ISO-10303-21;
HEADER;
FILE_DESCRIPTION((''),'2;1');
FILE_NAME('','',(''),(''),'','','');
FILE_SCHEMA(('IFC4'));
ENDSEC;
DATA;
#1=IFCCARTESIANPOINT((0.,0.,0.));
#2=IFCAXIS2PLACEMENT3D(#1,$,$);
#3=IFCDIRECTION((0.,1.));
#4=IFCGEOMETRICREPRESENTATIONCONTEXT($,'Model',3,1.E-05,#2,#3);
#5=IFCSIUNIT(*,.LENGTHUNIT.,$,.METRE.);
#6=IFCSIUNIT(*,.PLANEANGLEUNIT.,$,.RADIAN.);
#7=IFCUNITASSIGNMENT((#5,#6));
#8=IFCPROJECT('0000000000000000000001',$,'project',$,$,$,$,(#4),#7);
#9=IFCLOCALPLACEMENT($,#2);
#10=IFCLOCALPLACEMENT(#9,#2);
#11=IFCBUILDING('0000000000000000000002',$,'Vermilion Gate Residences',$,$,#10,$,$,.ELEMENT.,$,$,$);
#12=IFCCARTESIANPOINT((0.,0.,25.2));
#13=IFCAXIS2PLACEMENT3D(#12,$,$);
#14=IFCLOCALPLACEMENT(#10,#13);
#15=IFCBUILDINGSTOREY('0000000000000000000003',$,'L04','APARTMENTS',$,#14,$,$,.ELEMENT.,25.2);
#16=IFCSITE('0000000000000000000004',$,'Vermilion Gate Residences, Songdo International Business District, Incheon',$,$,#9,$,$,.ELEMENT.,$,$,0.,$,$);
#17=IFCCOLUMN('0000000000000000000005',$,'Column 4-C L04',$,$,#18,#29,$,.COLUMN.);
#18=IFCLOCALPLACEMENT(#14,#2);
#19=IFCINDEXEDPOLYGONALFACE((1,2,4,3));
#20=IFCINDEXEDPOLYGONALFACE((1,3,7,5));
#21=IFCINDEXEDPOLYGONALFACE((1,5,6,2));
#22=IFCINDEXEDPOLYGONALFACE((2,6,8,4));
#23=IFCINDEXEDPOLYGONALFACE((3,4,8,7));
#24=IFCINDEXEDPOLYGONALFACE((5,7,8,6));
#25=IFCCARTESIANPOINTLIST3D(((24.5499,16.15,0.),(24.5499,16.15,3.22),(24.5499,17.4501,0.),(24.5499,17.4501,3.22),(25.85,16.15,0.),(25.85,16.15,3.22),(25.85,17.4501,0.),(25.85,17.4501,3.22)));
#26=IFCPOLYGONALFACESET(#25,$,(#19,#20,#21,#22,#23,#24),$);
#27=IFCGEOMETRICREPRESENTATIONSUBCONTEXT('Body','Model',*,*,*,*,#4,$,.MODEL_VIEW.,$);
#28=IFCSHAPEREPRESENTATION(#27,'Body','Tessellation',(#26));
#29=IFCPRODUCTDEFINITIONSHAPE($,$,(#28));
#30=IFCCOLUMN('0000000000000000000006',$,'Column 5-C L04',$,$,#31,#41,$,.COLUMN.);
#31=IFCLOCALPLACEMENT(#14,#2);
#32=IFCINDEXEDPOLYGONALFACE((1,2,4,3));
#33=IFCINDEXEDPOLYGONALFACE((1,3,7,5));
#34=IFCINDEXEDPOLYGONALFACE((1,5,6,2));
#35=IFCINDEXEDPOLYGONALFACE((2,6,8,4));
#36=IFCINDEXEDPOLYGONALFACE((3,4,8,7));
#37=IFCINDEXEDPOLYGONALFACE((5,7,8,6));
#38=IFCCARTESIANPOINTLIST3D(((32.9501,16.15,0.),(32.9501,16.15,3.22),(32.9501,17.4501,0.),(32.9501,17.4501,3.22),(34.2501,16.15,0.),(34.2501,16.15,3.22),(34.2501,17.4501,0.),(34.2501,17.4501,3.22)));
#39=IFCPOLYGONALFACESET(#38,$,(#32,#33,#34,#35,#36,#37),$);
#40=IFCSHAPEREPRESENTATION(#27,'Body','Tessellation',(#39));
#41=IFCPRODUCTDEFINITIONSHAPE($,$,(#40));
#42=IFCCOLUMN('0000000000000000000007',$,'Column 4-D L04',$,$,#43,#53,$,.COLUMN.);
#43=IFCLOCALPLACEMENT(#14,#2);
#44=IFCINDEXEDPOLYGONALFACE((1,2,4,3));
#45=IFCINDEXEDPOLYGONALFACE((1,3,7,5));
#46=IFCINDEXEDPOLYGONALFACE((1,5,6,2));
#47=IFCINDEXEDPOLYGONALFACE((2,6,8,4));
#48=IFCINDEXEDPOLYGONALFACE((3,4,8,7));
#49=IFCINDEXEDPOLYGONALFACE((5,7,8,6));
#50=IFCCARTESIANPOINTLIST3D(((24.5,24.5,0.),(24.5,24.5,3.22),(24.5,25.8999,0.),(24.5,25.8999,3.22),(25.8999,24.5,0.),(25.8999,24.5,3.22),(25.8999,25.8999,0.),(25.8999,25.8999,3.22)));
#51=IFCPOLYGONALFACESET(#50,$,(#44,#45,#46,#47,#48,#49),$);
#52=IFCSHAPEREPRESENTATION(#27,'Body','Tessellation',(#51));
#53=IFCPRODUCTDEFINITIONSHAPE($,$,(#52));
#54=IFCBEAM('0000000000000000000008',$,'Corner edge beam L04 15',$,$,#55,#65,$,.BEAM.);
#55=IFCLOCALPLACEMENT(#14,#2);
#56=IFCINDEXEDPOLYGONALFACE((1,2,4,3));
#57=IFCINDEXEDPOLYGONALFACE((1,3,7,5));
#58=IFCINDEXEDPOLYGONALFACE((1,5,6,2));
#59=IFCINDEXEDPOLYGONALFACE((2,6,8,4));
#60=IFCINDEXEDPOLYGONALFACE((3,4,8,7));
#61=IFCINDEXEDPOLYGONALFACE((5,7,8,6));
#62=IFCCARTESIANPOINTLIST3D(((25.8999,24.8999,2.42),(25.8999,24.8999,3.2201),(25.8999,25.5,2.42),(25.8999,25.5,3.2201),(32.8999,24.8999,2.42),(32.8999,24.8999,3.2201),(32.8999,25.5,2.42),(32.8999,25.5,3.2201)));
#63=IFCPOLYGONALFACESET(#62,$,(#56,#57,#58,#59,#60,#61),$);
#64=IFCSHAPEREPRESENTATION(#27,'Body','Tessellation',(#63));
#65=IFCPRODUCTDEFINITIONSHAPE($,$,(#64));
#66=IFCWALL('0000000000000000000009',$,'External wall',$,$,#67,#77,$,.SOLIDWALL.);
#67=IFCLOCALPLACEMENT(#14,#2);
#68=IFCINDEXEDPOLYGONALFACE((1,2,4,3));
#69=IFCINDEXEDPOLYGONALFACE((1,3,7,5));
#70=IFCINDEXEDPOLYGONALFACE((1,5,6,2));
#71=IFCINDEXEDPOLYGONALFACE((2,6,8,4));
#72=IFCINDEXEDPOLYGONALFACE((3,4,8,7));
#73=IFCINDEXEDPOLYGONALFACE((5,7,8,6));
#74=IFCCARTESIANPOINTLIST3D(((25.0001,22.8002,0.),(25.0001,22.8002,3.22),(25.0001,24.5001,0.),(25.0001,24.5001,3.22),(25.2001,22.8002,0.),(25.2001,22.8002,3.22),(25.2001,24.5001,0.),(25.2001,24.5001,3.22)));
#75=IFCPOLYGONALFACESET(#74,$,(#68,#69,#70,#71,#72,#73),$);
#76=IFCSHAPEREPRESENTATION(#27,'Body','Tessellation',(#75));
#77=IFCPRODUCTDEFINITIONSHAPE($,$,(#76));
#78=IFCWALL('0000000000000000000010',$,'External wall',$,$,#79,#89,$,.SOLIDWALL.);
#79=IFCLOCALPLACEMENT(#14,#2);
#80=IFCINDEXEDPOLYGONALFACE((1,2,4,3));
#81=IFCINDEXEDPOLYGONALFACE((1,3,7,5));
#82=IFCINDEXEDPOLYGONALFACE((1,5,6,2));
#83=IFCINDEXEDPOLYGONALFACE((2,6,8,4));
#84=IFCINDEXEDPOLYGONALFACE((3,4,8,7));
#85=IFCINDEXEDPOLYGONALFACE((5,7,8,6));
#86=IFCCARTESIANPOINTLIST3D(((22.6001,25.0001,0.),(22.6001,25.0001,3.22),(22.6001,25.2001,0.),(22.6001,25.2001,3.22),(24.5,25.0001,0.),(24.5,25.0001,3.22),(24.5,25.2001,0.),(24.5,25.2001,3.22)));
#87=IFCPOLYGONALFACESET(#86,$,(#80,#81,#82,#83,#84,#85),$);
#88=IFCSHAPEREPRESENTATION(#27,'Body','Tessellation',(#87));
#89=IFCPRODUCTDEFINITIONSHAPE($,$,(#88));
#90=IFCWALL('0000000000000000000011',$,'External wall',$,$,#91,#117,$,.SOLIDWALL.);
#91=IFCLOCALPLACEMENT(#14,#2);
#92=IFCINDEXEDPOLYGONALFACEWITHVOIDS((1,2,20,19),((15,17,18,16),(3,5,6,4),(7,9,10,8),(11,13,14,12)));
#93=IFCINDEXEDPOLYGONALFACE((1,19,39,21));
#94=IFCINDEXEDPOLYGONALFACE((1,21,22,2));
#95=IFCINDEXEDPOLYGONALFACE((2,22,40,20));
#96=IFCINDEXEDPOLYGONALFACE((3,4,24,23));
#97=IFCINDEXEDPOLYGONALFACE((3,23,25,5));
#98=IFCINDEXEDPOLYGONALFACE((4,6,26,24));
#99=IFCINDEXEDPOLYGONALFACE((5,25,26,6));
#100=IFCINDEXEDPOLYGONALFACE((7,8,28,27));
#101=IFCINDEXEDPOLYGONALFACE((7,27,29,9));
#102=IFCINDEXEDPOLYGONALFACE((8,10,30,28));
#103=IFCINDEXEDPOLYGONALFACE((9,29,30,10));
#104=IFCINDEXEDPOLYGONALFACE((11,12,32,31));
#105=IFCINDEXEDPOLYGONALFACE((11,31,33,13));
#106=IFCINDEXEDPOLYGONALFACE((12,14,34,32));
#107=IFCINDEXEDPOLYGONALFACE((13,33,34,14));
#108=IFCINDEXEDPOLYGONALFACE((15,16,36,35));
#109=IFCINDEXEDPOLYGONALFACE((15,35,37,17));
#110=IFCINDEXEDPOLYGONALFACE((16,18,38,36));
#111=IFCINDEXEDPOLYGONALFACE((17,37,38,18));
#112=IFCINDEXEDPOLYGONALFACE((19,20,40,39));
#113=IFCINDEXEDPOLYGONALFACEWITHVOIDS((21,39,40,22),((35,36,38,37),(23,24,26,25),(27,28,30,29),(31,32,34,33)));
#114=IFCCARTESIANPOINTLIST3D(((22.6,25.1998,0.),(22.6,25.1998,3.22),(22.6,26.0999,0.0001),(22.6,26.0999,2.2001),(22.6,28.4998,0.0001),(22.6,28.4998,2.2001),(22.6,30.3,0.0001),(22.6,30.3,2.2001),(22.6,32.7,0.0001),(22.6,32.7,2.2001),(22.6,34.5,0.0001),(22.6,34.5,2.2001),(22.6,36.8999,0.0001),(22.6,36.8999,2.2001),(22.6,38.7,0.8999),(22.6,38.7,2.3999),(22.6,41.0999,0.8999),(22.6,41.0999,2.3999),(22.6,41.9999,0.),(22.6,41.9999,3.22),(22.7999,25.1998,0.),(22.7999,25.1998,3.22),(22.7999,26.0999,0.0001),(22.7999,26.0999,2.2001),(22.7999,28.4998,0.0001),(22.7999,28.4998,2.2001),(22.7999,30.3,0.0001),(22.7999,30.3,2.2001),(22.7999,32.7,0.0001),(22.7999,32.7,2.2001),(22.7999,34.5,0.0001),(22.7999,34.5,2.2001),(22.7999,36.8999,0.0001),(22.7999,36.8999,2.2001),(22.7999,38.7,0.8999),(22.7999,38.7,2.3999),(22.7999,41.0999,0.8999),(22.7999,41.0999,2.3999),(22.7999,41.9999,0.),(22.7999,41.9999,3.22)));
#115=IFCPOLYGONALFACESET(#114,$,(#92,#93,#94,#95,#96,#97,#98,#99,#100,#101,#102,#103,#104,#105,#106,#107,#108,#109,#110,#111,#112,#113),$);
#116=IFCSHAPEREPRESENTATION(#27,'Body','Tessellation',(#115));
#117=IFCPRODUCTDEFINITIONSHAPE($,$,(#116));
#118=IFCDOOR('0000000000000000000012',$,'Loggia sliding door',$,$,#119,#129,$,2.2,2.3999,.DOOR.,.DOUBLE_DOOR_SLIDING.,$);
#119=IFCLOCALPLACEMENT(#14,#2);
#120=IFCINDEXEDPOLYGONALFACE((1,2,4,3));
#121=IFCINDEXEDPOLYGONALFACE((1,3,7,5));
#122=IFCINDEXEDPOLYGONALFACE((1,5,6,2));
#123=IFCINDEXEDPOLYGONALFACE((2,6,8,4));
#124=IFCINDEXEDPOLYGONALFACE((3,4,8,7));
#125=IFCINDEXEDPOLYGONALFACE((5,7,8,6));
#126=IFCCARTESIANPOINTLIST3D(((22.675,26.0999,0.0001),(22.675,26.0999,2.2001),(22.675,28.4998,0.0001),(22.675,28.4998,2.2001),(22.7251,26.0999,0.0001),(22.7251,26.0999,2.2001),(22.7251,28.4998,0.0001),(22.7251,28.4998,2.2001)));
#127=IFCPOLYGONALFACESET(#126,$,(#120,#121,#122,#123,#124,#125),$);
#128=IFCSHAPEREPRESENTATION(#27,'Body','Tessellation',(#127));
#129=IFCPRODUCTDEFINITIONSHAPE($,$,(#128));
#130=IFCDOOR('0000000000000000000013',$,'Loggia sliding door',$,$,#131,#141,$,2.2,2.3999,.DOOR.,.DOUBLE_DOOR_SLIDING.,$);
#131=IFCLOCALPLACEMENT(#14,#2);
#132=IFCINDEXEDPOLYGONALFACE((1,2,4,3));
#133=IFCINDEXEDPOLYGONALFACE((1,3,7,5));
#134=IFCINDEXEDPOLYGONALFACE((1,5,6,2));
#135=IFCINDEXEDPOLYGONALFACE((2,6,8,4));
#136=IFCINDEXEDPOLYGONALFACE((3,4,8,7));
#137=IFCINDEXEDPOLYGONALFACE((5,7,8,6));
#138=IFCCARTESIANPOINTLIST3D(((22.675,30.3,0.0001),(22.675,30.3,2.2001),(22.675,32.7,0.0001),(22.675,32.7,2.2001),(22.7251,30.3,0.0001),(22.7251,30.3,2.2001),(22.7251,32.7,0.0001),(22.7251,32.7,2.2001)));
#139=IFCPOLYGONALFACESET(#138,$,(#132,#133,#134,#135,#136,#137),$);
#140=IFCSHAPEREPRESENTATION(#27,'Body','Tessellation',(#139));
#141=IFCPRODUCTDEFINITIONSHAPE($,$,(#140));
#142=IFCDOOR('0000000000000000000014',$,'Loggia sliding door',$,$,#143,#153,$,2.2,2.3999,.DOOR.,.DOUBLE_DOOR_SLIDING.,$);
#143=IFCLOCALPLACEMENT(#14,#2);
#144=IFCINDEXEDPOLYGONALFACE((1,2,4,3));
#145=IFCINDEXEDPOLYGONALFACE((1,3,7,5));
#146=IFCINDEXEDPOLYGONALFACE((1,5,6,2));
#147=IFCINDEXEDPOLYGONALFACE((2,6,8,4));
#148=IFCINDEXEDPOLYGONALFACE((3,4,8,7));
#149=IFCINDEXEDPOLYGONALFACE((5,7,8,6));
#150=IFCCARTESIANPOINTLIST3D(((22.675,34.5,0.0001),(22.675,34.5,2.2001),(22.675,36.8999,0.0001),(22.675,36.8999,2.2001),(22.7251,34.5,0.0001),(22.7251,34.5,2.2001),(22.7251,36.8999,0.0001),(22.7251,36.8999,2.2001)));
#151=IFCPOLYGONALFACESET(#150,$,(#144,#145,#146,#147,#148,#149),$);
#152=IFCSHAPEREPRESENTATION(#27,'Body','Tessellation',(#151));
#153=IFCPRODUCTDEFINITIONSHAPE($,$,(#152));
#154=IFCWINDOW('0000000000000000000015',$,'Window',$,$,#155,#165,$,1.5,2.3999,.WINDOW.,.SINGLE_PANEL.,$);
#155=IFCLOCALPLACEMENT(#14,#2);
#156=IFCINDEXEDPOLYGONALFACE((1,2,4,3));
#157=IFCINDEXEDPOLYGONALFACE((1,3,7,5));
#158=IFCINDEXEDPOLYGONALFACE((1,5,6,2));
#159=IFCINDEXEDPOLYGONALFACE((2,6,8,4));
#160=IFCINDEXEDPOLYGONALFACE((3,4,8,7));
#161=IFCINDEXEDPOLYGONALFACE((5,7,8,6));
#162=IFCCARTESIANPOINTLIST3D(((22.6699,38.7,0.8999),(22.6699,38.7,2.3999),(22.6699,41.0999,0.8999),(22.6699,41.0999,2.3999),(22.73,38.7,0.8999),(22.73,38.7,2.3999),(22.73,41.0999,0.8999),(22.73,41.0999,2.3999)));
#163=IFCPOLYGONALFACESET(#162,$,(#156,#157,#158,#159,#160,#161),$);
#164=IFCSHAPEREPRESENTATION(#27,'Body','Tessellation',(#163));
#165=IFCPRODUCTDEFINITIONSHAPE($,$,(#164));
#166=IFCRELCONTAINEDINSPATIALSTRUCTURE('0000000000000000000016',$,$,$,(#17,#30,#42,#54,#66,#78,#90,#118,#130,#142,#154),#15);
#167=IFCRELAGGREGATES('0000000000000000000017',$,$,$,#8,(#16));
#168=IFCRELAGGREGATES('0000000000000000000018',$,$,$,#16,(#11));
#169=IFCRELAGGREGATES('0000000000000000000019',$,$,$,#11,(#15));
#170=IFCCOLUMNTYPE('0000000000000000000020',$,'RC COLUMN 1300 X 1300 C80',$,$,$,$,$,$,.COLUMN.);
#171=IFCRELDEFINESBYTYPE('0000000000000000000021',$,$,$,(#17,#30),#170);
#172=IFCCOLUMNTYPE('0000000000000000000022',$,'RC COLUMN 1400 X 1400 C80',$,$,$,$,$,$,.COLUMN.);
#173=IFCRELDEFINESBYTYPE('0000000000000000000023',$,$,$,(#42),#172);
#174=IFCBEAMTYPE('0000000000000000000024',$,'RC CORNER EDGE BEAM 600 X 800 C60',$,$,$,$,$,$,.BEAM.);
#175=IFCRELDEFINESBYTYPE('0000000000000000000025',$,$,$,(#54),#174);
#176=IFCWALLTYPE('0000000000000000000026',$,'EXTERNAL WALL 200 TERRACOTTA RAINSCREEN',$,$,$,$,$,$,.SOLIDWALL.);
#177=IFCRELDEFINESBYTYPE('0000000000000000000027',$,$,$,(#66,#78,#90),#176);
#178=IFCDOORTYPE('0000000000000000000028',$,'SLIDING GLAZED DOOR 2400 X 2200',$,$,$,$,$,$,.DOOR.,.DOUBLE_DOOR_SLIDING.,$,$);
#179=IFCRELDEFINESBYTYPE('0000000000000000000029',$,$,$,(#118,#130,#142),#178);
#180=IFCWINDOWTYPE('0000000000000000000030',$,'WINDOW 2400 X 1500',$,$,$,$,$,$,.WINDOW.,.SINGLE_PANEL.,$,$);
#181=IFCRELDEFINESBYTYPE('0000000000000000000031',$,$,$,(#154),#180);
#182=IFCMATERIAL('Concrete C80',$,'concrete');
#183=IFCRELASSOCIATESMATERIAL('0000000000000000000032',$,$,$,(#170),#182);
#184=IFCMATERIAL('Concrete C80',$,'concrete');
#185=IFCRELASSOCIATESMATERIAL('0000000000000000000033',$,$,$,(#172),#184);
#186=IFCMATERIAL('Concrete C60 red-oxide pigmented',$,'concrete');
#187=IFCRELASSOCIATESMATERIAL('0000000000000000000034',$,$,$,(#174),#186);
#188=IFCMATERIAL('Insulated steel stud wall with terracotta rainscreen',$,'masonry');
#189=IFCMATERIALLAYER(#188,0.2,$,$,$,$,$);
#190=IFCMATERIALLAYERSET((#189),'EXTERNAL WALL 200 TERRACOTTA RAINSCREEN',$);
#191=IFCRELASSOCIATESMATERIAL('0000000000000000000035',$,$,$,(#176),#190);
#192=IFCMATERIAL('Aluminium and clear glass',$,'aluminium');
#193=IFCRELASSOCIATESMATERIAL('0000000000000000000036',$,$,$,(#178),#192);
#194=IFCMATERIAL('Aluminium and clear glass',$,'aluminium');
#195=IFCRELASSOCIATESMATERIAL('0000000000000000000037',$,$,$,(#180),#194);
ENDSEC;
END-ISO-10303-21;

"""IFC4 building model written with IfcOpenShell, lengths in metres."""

from ifc_helpers import new_model, si_unit, direction, frame, frame_2d, origin, origin_2d, place, context, subcontext, project, spatial, rectangle, extrude, material, layer, layer_set, material_profile, profile_set, type_object, element, fill, save


model = new_model("IFC4")

# Units and contexts
model_context = context("Model", 3, precision=1e-05, world=origin(), true_north=direction((0.0, 1.0)))
body_context = subcontext(model_context, "Body", "Model", "MODEL_VIEW")
ifc_project = project(units=[si_unit("LENGTHUNIT", "METRE"), si_unit("PLANEANGLEUNIT", "RADIAN")], contexts=[model_context])

# Site, building, storey
site_placement = place(None, origin())
site = spatial("IfcSite", under=ifc_project, at=site_placement, Name="Vermilion Gate Residences, Songdo International Business District, Incheon", CompositionType="ELEMENT", RefElevation=0.0)
building_placement = place(site_placement, origin())
building = spatial("IfcBuilding", under=site, at=building_placement, Name="Vermilion Gate Residences", CompositionType="ELEMENT")
storey_placement = place(building_placement, frame((0.0, 0.0, 25.2)))
storey = spatial("IfcBuildingStorey", under=building, at=storey_placement, Name="L04", Description="APARTMENTS", CompositionType="ELEMENT", Elevation=25.2)

# Columns
ifc_material_1 = material(Name="Concrete C80", Category="concrete")
ifc_material_profile_1 = material_profile(ifc_material_1, rectangle(XDim=1.3, YDim=1.3, at=origin_2d()), Name="RC-1300x1300")
ifc_profile_set_1 = profile_set([ifc_material_profile_1], Name="Concrete C80")
column_type_1 = type_object("IfcColumnType", Name="RC COLUMN 1300 X 1300 C80", PredefinedType="COLUMN", material=ifc_profile_set_1)
for number, where, z_axis, x_axis, name in (
    (1, (25.2, 16.8, 0.0), (0.0, 0.0, 1.0), (1.0, 0.0, 0.0), "Column 4-C L04"),
    (2, (33.6001, 16.8, 0.0), (0.0, 0.0, 1.0), (1.0, 0.0, 0.0), "Column 5-C L04"),
):
    element("IfcColumn", number, at=place(storey_placement, frame(where, z_axis=z_axis, x_axis=x_axis)), inside=storey, type_object=column_type_1, Name=name, PredefinedType="COLUMN", context=body_context, shape_type="SweptSolid", body=[
        extrude(rectangle(XDim=1.3, YDim=1.3, at=origin_2d()), origin(), (0.0, 0.0, 1.0), 3.22),
    ])
ifc_material_2 = material(Name="Concrete C80", Category="concrete")
ifc_material_profile_2 = material_profile(ifc_material_2, rectangle(XDim=1.3999, YDim=1.3999, at=origin_2d()), Name="RC-1400x1400")
ifc_profile_set_2 = profile_set([ifc_material_profile_2], Name="Concrete C80")
column_type_2 = type_object("IfcColumnType", Name="RC COLUMN 1400 X 1400 C80", PredefinedType="COLUMN", material=ifc_profile_set_2)
column_placement = place(storey_placement, frame((25.2, 25.2, 0.0), z_axis=(0.0, 0.0, 1.0), x_axis=(1.0, 0.0, 0.0)))
element("IfcColumn", 3, at=column_placement, inside=storey, type_object=column_type_2, Name="Column 4-D L04", PredefinedType="COLUMN", context=body_context, shape_type="SweptSolid", body=[
    extrude(rectangle(XDim=1.3999, YDim=1.3999, at=origin_2d()), origin(), (0.0, 0.0, 1.0), 3.22),
])

# Beam
ifc_material_3 = material(Name="Concrete C60 red-oxide pigmented", Category="concrete")
ifc_material_profile_3 = material_profile(ifc_material_3, rectangle(XDim=0.6001, YDim=0.8, at=origin_2d()), Name="RC-600x800")
ifc_profile_set_3 = profile_set([ifc_material_profile_3], Name="Concrete C60 red-oxide pigmented")
beam_type = type_object("IfcBeamType", Name="RC CORNER EDGE BEAM 600 X 800 C60", PredefinedType="BEAM", material=ifc_profile_set_3)
beam_placement = place(storey_placement, frame((25.8999, 25.2, 2.8201), z_axis=(1.0, 0.0, 0.0), x_axis=(0.0, 1.0, 0.0)))
element("IfcBeam", 4, at=beam_placement, inside=storey, type_object=beam_type, Name="Corner edge beam L04 15", PredefinedType="BEAM", context=body_context, shape_type="SweptSolid", body=[
    extrude(rectangle(XDim=0.6001, YDim=0.8, at=origin_2d()), origin(), (0.0, 0.0, 1.0), 7.0),
])

# Walls
ifc_material_4 = material(Name="Insulated steel stud wall with terracotta rainscreen", Category="masonry")
ifc_layer_1 = layer(ifc_material_4, 0.2)
ifc_layer_set_1 = layer_set([ifc_layer_1], Name="EXTERNAL WALL 200 TERRACOTTA RAINSCREEN")
wall_type_1 = type_object("IfcWallType", Name="EXTERNAL WALL 200 TERRACOTTA RAINSCREEN", PredefinedType="SOLIDWALL", material=ifc_layer_set_1)
wall_1_placement = place(storey_placement, frame((25.1001, 22.8, 0.0), z_axis=(0.0, 0.0, 1.0), x_axis=(0.0, 1.0, 0.0)))
element("IfcWall", 5, at=wall_1_placement, inside=storey, type_object=wall_type_1, Name="External wall", PredefinedType="SOLIDWALL", context=body_context, shape_type="SweptSolid", body=[
    extrude(rectangle(XDim=1.7, YDim=0.2, at=frame_2d((0.8501, 0.0))), origin(), (0.0, 0.0, 1.0), 3.22),
])
wall_2_placement = place(storey_placement, frame((24.5, 25.1001, 0.0), z_axis=(0.0, 0.0, 1.0), x_axis=(-1.0, 0.0, 0.0)))
element("IfcWall", 6, at=wall_2_placement, inside=storey, type_object=wall_type_1, Name="External wall", PredefinedType="SOLIDWALL", context=body_context, shape_type="SweptSolid", body=[
    extrude(rectangle(XDim=1.8999, YDim=0.2, at=frame_2d((0.95, 0.0))), origin(), (0.0, 0.0, 1.0), 3.22),
])

# Wall, openings, doors, window
wall_3_placement = place(storey_placement, frame((22.7, 25.2, 0.0), z_axis=(0.0, 0.0, 1.0), x_axis=(0.0, 1.0, 0.0)))
wall_3 = element("IfcWall", 7, at=wall_3_placement, inside=storey, type_object=wall_type_1, Name="External wall", PredefinedType="SOLIDWALL", context=body_context, shape_type="SweptSolid", body=[
    extrude(rectangle(XDim=16.8, YDim=0.2, at=frame_2d((8.3999, 0.0))), origin(), (0.0, 0.0, 1.0), 3.22),
])
opening_1_placement = place(wall_3_placement, frame((0.8999, 0.0, 0.0)))
opening_1 = element("IfcOpeningElement", 8, at=opening_1_placement, cuts=wall_3, PredefinedType="OPENING", context=body_context, shape_type="SweptSolid", body=[
    extrude(rectangle(XDim=2.3999, YDim=2.2, at=frame_2d((1.2, 1.1001))), frame((0.0, 0.1099, 0.0), z_axis=(0.0, -1.0, 0.0), x_axis=(1.0, 0.0, 0.0)), (0.0, 0.0, 1.0), 0.22),
])
opening_2_placement = place(wall_3_placement, frame((5.1001, 0.0, 0.0)))
opening_2 = element("IfcOpeningElement", 9, at=opening_2_placement, cuts=wall_3, PredefinedType="OPENING", context=body_context, shape_type="SweptSolid", body=[
    extrude(rectangle(XDim=2.3999, YDim=2.2, at=frame_2d((1.2, 1.1001))), frame((0.0, 0.1099, 0.0), z_axis=(0.0, -1.0, 0.0), x_axis=(1.0, 0.0, 0.0)), (0.0, 0.0, 1.0), 0.22),
])
opening_3_placement = place(wall_3_placement, frame((9.3, 0.0, 0.0)))
opening_3 = element("IfcOpeningElement", 10, at=opening_3_placement, cuts=wall_3, PredefinedType="OPENING", context=body_context, shape_type="SweptSolid", body=[
    extrude(rectangle(XDim=2.3999, YDim=2.2, at=frame_2d((1.2, 1.1001))), frame((0.0, 0.1099, 0.0), z_axis=(0.0, -1.0, 0.0), x_axis=(1.0, 0.0, 0.0)), (0.0, 0.0, 1.0), 0.22),
])
opening_4_placement = place(wall_3_placement, frame((13.5, 0.0, 0.8999)))
opening_4 = element("IfcOpeningElement", 11, at=opening_4_placement, cuts=wall_3, PredefinedType="OPENING", context=body_context, shape_type="SweptSolid", body=[
    extrude(rectangle(XDim=2.3999, YDim=1.5, at=frame_2d((1.2, 0.75))), frame((0.0, 0.1099, 0.0), z_axis=(0.0, -1.0, 0.0), x_axis=(1.0, 0.0, 0.0)), (0.0, 0.0, 1.0), 0.22),
])
ifc_material_5 = material(Name="Aluminium and clear glass", Category="aluminium")
door_type_1 = type_object("IfcDoorType", Name="SLIDING GLAZED DOOR 2400 X 2200", OperationType="DOUBLE_DOOR_SLIDING", PredefinedType="DOOR", material=ifc_material_5)
door_1_placement = place(opening_1_placement, origin())
door_1 = element("IfcDoor", 12, at=door_1_placement, inside=storey, type_object=door_type_1, Name="Loggia sliding door", OperationType="DOUBLE_DOOR_SLIDING", OverallHeight=2.2, OverallWidth=2.3999, PredefinedType="DOOR", context=body_context, shape_type="SweptSolid", body=[
    extrude(rectangle(XDim=2.3999, YDim=2.2, at=frame_2d((1.2, 1.1001))), frame((0.0, 0.0249, 0.0), z_axis=(0.0, -1.0, 0.0), x_axis=(1.0, 0.0, 0.0)), (0.0, 0.0, 1.0), 0.05),
])
fill(opening_1, door_1)
door_2_placement = place(opening_2_placement, origin())
door_2 = element("IfcDoor", 13, at=door_2_placement, inside=storey, type_object=door_type_1, Name="Loggia sliding door", OperationType="DOUBLE_DOOR_SLIDING", OverallHeight=2.2, OverallWidth=2.3999, PredefinedType="DOOR", context=body_context, shape_type="SweptSolid", body=[
    extrude(rectangle(XDim=2.3999, YDim=2.2, at=frame_2d((1.2, 1.1001))), frame((0.0, 0.0249, 0.0), z_axis=(0.0, -1.0, 0.0), x_axis=(1.0, 0.0, 0.0)), (0.0, 0.0, 1.0), 0.05),
])
fill(opening_2, door_2)
door_3_placement = place(opening_3_placement, origin())
door_3 = element("IfcDoor", 14, at=door_3_placement, inside=storey, type_object=door_type_1, Name="Loggia sliding door", OperationType="DOUBLE_DOOR_SLIDING", OverallHeight=2.2, OverallWidth=2.3999, PredefinedType="DOOR", context=body_context, shape_type="SweptSolid", body=[
    extrude(rectangle(XDim=2.3999, YDim=2.2, at=frame_2d((1.2, 1.1001))), frame((0.0, 0.0249, 0.0), z_axis=(0.0, -1.0, 0.0), x_axis=(1.0, 0.0, 0.0)), (0.0, 0.0, 1.0), 0.05),
])
fill(opening_3, door_3)
ifc_material_6 = material(Name="Aluminium and clear glass", Category="aluminium")
window_type = type_object("IfcWindowType", Name="WINDOW 2400 X 1500", PartitioningType="SINGLE_PANEL", PredefinedType="WINDOW", material=ifc_material_6)
window_placement = place(opening_4_placement, origin())
window = element("IfcWindow", 15, at=window_placement, inside=storey, type_object=window_type, Name="Window", OverallHeight=1.5, OverallWidth=2.3999, PartitioningType="SINGLE_PANEL", PredefinedType="WINDOW", context=body_context, shape_type="SweptSolid", body=[
    extrude(rectangle(XDim=2.3999, YDim=1.5, at=frame_2d((1.2, 0.75))), frame((0.0, 0.03, 0.0), z_axis=(0.0, -1.0, 0.0), x_axis=(1.0, 0.0, 0.0)), (0.0, 0.0, 1.0), 0.0601),
])
fill(opening_4, window)

save(model, "model.ifc")
